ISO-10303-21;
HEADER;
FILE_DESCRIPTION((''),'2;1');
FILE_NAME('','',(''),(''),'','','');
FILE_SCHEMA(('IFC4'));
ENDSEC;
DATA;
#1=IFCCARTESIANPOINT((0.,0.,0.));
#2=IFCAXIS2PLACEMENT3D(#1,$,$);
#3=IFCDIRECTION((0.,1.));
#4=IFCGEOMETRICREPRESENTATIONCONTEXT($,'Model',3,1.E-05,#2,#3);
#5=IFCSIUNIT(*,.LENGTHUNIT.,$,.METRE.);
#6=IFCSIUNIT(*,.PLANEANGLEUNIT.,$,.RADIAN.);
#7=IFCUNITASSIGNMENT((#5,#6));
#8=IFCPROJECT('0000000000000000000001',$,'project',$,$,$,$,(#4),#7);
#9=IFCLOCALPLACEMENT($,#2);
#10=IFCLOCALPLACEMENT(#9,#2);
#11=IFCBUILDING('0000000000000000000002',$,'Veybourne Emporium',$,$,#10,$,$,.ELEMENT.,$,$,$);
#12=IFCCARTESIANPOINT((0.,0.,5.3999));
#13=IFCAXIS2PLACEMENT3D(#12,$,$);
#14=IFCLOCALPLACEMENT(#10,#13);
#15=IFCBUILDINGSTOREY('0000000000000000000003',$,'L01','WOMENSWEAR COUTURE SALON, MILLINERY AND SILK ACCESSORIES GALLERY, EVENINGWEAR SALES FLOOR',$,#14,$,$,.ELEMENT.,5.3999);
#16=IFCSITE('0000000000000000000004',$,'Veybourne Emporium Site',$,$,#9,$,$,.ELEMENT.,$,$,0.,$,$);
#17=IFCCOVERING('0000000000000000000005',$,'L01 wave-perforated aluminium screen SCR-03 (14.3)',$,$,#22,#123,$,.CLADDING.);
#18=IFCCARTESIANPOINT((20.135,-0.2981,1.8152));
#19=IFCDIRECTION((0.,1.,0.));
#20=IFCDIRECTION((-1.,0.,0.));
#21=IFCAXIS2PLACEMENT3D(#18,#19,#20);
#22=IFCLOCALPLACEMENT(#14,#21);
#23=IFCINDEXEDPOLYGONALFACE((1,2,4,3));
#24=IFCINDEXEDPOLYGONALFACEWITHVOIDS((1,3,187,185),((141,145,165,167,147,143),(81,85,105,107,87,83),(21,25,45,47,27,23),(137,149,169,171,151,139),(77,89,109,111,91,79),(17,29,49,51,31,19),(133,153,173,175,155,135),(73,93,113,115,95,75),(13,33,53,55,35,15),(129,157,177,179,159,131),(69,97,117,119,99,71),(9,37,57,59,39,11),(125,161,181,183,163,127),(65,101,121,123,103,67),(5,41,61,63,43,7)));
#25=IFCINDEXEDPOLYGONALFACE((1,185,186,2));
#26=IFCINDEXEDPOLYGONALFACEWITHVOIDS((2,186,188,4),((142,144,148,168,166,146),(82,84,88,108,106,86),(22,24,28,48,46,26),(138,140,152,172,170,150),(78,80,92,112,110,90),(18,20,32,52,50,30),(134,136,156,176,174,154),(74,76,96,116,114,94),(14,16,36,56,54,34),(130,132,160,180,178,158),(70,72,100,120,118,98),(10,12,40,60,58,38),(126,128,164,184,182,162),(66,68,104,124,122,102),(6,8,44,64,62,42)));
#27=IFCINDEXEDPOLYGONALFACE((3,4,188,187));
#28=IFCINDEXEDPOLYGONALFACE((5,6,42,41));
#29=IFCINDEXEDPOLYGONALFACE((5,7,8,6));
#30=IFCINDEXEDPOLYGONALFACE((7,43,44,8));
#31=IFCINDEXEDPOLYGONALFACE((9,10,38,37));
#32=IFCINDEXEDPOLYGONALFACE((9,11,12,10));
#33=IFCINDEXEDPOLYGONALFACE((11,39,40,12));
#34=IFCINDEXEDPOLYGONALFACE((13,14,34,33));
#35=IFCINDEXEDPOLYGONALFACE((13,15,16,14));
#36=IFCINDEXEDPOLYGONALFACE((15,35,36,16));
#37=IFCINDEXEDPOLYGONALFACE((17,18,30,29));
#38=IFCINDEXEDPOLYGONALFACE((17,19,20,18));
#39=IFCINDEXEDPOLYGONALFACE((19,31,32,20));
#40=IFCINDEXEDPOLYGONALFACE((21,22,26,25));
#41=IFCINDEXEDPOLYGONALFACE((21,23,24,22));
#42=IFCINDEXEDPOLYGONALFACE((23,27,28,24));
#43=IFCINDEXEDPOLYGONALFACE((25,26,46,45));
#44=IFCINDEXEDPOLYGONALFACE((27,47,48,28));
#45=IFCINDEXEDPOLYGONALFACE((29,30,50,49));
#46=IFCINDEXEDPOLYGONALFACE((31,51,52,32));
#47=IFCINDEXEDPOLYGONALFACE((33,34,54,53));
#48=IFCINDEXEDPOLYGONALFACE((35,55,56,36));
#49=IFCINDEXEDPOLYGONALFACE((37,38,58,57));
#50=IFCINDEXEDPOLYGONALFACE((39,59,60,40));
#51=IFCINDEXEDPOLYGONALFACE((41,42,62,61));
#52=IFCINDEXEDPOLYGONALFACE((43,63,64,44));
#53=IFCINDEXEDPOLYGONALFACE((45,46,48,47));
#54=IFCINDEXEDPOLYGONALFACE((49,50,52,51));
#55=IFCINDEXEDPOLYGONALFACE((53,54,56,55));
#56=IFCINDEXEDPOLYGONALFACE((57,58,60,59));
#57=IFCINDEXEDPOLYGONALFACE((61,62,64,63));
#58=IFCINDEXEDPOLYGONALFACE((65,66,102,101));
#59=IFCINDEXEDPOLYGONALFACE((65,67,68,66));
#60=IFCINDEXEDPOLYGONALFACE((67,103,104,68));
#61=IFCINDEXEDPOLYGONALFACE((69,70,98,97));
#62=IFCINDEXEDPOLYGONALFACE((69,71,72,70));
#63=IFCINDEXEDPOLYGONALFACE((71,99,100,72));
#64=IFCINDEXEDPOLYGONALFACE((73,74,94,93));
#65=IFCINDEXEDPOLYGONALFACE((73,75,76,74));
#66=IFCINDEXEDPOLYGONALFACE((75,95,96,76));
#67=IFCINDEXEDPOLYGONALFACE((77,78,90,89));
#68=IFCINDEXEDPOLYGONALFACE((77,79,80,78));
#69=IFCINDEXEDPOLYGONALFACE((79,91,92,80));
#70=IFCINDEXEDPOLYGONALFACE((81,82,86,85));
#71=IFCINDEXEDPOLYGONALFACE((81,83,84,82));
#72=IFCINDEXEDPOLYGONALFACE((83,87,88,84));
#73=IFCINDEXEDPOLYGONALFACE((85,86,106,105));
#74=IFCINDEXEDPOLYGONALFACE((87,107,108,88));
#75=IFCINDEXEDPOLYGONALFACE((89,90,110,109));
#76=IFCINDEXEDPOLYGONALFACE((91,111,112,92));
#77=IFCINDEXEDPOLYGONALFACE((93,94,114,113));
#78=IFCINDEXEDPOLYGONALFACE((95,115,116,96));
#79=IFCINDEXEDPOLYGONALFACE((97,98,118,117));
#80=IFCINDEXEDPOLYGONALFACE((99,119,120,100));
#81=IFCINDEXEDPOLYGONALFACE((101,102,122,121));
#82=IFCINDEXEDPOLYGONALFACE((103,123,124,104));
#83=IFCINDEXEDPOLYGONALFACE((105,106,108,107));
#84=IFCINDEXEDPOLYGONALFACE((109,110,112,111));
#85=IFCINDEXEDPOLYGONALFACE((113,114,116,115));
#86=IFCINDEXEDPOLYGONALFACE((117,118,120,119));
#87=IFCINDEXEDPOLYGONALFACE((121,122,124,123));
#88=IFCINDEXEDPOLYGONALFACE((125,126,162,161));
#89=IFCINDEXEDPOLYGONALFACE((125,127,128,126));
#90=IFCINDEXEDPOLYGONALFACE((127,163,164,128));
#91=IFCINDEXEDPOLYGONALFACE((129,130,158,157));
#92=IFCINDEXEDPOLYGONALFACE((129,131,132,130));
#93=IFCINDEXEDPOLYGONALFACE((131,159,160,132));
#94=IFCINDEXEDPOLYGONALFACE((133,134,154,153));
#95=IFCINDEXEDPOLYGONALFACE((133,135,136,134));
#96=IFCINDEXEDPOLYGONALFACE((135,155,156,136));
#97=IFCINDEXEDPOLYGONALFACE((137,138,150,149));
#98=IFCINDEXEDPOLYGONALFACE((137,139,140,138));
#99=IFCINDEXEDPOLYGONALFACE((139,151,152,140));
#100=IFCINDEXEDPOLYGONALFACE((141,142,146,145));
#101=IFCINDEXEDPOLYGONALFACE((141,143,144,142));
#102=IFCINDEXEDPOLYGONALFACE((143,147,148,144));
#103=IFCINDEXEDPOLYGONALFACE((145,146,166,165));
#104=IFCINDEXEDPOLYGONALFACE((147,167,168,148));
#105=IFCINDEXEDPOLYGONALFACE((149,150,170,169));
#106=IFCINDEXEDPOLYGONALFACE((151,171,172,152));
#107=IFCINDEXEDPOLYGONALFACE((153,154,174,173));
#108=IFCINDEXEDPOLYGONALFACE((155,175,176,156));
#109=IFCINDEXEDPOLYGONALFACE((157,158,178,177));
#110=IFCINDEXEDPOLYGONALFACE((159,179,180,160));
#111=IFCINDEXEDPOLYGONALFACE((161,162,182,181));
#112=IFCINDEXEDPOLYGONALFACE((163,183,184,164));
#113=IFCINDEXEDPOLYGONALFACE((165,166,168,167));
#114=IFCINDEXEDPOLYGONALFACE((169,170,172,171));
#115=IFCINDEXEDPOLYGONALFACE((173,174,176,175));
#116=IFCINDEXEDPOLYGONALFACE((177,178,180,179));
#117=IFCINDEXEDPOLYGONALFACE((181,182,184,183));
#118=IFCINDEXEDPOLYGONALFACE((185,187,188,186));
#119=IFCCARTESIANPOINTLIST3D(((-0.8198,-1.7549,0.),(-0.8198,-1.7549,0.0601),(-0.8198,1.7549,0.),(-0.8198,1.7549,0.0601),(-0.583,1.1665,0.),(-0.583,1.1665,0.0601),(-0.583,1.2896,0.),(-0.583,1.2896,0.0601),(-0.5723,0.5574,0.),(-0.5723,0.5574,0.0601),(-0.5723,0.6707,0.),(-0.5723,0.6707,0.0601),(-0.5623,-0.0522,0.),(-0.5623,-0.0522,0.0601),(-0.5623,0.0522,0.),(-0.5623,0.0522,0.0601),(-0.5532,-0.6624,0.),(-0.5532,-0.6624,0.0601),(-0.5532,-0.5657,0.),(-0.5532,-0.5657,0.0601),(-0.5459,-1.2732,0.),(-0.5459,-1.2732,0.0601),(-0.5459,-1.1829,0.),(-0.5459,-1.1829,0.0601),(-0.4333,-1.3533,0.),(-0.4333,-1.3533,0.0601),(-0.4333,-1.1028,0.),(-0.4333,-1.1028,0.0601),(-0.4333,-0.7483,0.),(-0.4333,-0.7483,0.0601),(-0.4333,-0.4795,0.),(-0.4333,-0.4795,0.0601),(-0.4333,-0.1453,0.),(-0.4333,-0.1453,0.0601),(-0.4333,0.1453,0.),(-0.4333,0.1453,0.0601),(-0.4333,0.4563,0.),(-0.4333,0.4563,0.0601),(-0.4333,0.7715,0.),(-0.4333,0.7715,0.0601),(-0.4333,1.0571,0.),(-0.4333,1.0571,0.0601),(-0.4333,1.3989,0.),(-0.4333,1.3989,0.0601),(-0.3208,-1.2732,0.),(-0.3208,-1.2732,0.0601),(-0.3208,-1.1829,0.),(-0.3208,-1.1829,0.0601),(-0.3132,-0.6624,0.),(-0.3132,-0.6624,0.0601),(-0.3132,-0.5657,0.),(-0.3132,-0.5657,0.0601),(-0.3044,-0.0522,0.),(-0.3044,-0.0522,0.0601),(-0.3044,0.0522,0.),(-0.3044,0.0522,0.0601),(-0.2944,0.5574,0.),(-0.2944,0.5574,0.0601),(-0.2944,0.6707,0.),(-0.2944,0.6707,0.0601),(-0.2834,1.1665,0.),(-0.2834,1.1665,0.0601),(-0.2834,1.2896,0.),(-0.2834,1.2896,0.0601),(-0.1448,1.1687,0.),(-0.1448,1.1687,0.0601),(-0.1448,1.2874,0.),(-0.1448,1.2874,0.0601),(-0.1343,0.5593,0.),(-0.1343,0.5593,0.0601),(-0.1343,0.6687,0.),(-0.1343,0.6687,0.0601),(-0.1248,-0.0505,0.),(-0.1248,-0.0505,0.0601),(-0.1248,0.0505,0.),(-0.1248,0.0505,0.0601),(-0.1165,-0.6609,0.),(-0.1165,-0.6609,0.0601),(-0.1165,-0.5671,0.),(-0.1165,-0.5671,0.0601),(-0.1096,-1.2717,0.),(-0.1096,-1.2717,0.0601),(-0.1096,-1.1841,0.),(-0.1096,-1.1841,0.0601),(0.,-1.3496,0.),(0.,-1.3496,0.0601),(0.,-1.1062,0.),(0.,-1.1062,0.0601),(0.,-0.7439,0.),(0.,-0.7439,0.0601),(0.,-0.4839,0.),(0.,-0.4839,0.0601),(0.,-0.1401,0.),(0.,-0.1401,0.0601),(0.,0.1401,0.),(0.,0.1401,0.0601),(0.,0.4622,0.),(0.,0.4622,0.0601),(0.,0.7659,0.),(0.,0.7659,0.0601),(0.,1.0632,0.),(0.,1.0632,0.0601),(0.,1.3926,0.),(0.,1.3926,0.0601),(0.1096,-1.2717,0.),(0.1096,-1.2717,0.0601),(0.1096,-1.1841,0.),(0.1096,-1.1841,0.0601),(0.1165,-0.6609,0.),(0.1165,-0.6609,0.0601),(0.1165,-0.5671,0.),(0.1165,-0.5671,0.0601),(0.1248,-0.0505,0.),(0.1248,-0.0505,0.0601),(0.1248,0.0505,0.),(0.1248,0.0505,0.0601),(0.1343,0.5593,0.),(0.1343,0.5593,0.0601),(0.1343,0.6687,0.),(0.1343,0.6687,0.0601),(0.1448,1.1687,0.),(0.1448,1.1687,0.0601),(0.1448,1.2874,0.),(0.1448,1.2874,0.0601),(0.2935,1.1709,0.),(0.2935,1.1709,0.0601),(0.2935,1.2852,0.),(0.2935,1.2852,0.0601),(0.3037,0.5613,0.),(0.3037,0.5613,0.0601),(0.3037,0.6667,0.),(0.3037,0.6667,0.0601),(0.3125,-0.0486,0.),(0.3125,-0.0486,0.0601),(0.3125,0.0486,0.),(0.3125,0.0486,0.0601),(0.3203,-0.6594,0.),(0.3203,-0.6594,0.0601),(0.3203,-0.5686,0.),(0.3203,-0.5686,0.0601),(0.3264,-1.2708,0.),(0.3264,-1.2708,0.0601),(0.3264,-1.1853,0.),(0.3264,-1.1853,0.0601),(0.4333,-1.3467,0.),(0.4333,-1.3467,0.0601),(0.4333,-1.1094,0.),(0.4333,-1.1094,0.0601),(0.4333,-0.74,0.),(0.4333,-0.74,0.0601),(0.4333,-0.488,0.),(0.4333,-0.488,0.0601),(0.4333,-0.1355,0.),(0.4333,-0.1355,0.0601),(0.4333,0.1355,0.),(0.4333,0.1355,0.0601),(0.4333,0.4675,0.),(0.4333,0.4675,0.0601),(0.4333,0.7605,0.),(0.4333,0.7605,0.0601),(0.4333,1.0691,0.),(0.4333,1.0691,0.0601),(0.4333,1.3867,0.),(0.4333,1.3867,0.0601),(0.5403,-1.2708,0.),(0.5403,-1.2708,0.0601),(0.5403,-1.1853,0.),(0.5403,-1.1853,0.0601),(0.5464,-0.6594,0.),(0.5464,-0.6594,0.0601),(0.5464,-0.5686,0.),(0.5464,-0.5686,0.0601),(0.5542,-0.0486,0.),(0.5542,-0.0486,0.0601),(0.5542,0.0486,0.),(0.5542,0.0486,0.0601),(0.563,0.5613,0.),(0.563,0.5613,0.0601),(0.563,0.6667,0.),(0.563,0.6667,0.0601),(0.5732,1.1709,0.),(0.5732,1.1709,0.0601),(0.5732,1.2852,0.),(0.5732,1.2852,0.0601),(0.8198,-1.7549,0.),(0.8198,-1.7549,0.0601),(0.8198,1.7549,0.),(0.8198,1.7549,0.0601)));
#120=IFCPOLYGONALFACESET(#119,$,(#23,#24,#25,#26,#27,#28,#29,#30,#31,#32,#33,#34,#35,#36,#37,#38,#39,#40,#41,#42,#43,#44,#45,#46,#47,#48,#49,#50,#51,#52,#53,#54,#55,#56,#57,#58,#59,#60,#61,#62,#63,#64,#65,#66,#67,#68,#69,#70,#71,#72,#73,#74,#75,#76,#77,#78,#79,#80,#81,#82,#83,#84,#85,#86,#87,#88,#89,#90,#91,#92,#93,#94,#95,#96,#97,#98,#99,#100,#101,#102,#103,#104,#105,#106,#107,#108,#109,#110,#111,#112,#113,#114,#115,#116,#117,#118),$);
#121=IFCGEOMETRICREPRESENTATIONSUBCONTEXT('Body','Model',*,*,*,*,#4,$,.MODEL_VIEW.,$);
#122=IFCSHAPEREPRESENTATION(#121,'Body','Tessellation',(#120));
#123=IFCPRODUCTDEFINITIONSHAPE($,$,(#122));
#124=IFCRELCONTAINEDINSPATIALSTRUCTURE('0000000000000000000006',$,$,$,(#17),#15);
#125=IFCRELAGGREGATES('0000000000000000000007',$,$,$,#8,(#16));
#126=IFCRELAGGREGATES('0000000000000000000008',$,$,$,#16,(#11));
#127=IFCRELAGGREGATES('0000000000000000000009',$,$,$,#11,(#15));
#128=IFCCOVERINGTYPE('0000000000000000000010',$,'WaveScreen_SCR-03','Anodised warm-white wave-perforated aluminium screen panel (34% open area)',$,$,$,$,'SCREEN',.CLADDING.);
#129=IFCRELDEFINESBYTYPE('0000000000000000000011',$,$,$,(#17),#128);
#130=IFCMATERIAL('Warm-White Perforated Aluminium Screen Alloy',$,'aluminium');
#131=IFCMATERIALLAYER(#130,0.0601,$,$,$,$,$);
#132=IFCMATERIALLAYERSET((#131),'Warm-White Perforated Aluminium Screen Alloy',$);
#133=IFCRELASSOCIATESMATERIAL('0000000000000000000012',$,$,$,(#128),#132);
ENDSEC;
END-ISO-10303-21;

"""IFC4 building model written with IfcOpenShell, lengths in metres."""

from ifc_helpers import new_model, si_unit, direction, frame, origin, place, context, subcontext, project, spatial, polyline, outline, extrude, material, layer, layer_set, type_object, element, save


model = new_model("IFC4")

# Units and contexts
model_context = context("Model", 3, precision=1e-05, world=origin(), true_north=direction((0.0, 1.0)))
body_context = subcontext(model_context, "Body", "Model", "MODEL_VIEW")
ifc_project = project(units=[si_unit("LENGTHUNIT", "METRE"), si_unit("PLANEANGLEUNIT", "RADIAN")], contexts=[model_context])

# Site, building, storey
site_placement = place(None, origin())
site = spatial("IfcSite", under=ifc_project, at=site_placement, Name="Veybourne Emporium Site", CompositionType="ELEMENT", RefElevation=0.0)
building_placement = place(site_placement, origin())
building = spatial("IfcBuilding", under=site, at=building_placement, Name="Veybourne Emporium", CompositionType="ELEMENT")
storey_placement = place(building_placement, frame((0.0, 0.0, 5.3999)))
storey = spatial("IfcBuildingStorey", under=building, at=storey_placement, Name="L01", Description="WOMENSWEAR COUTURE SALON, MILLINERY AND SILK ACCESSORIES GALLERY, EVENINGWEAR SALES FLOOR", CompositionType="ELEMENT", Elevation=5.3999)

# Covering
ifc_material_1 = material(Name="Warm-White Perforated Aluminium Screen Alloy", Category="aluminium")
ifc_layer_1 = layer(ifc_material_1, 0.0601)
ifc_layer_set_1 = layer_set([ifc_layer_1], Name="Warm-White Perforated Aluminium Screen Alloy")
covering_type_1 = type_object("IfcCoveringType", Name="WaveScreen_SCR-03", Description="Anodised warm-white wave-perforated aluminium screen panel (34% open area)", ElementType="SCREEN", PredefinedType="CLADDING", material=ifc_layer_set_1)
covering_1_placement = place(storey_placement, frame((20.135, -0.2981, 1.8152), z_axis=(0.0, 1.0, 0.0), x_axis=(-1.0, 0.0, 0.0)))
element("IfcCovering", 1, at=covering_1_placement, inside=storey, type_object=covering_type_1, Name="L01 wave-perforated aluminium screen SCR-03 (14.3)", PredefinedType="CLADDING", context=body_context, shape_type="SweptSolid", body=[
    extrude(outline(polyline([(-0.8198, -1.7549), (0.8198, -1.7549), (0.8198, 1.7549), (-0.8198, 1.7549), (-0.8198, -1.7549)]), holes=[polyline([(-0.4333, -1.1028), (-0.3208, -1.1829), (-0.3208, -1.2732), (-0.4333, -1.3533), (-0.5459, -1.2732), (-0.5459, -1.1829), (-0.4333, -1.1028)]), polyline([(-0.4333, -0.4795), (-0.3132, -0.5657), (-0.3132, -0.6624), (-0.4333, -0.7483), (-0.5532, -0.6624), (-0.5532, -0.5657), (-0.4333, -0.4795)]), polyline([(-0.4333, 0.1453), (-0.3044, 0.0522), (-0.3044, -0.0522), (-0.4333, -0.1453), (-0.5623, -0.0522), (-0.5623, 0.0522), (-0.4333, 0.1453)]), polyline([(-0.4333, 0.7715), (-0.2944, 0.6707), (-0.2944, 0.5574), (-0.4333, 0.4563), (-0.5723, 0.5574), (-0.5723, 0.6707), (-0.4333, 0.7715)]), polyline([(-0.4333, 1.3989), (-0.2834, 1.2896), (-0.2834, 1.1665), (-0.4333, 1.0571), (-0.583, 1.1665), (-0.583, 1.2896), (-0.4333, 1.3989)]), polyline([(0.0, -1.1062), (0.1096, -1.1841), (0.1096, -1.2717), (0.0, -1.3496), (-0.1096, -1.2717), (-0.1096, -1.1841), (0.0, -1.1062)]), polyline([(0.0, -0.4839), (0.1165, -0.5671), (0.1165, -0.6609), (0.0, -0.7439), (-0.1165, -0.6609), (-0.1165, -0.5671), (0.0, -0.4839)]), polyline([(0.0, 0.1401), (0.1248, 0.0505), (0.1248, -0.0505), (0.0, -0.1401), (-0.1248, -0.0505), (-0.1248, 0.0505), (0.0, 0.1401)]), polyline([(0.0, 0.7659), (0.1343, 0.6687), (0.1343, 0.5593), (0.0, 0.4622), (-0.1343, 0.5593), (-0.1343, 0.6687), (0.0, 0.7659)]), polyline([(0.0, 1.3926), (0.1448, 1.2874), (0.1448, 1.1687), (0.0, 1.0632), (-0.1448, 1.1687), (-0.1448, 1.2874), (0.0, 1.3926)]), polyline([(0.4333, -1.1094), (0.5403, -1.1853), (0.5403, -1.2708), (0.4333, -1.3467), (0.3264, -1.2708), (0.3264, -1.1853), (0.4333, -1.1094)]), polyline([(0.4333, -0.488), (0.5464, -0.5686), (0.5464, -0.6594), (0.4333, -0.74), (0.3203, -0.6594), (0.3203, -0.5686), (0.4333, -0.488)]), polyline([(0.4333, 0.1355), (0.5542, 0.0486), (0.5542, -0.0486), (0.4333, -0.1355), (0.3125, -0.0486), (0.3125, 0.0486), (0.4333, 0.1355)]), polyline([(0.4333, 0.7605), (0.563, 0.6667), (0.563, 0.5613), (0.4333, 0.4675), (0.3037, 0.5613), (0.3037, 0.6667), (0.4333, 0.7605)]), polyline([(0.4333, 1.3867), (0.5732, 1.2852), (0.5732, 1.1709), (0.4333, 1.0691), (0.2935, 1.1709), (0.2935, 1.2852), (0.4333, 1.3867)])]), origin(), (0.0, 0.0, 1.0), 0.0601),
])

save(model, "model.ifc")
